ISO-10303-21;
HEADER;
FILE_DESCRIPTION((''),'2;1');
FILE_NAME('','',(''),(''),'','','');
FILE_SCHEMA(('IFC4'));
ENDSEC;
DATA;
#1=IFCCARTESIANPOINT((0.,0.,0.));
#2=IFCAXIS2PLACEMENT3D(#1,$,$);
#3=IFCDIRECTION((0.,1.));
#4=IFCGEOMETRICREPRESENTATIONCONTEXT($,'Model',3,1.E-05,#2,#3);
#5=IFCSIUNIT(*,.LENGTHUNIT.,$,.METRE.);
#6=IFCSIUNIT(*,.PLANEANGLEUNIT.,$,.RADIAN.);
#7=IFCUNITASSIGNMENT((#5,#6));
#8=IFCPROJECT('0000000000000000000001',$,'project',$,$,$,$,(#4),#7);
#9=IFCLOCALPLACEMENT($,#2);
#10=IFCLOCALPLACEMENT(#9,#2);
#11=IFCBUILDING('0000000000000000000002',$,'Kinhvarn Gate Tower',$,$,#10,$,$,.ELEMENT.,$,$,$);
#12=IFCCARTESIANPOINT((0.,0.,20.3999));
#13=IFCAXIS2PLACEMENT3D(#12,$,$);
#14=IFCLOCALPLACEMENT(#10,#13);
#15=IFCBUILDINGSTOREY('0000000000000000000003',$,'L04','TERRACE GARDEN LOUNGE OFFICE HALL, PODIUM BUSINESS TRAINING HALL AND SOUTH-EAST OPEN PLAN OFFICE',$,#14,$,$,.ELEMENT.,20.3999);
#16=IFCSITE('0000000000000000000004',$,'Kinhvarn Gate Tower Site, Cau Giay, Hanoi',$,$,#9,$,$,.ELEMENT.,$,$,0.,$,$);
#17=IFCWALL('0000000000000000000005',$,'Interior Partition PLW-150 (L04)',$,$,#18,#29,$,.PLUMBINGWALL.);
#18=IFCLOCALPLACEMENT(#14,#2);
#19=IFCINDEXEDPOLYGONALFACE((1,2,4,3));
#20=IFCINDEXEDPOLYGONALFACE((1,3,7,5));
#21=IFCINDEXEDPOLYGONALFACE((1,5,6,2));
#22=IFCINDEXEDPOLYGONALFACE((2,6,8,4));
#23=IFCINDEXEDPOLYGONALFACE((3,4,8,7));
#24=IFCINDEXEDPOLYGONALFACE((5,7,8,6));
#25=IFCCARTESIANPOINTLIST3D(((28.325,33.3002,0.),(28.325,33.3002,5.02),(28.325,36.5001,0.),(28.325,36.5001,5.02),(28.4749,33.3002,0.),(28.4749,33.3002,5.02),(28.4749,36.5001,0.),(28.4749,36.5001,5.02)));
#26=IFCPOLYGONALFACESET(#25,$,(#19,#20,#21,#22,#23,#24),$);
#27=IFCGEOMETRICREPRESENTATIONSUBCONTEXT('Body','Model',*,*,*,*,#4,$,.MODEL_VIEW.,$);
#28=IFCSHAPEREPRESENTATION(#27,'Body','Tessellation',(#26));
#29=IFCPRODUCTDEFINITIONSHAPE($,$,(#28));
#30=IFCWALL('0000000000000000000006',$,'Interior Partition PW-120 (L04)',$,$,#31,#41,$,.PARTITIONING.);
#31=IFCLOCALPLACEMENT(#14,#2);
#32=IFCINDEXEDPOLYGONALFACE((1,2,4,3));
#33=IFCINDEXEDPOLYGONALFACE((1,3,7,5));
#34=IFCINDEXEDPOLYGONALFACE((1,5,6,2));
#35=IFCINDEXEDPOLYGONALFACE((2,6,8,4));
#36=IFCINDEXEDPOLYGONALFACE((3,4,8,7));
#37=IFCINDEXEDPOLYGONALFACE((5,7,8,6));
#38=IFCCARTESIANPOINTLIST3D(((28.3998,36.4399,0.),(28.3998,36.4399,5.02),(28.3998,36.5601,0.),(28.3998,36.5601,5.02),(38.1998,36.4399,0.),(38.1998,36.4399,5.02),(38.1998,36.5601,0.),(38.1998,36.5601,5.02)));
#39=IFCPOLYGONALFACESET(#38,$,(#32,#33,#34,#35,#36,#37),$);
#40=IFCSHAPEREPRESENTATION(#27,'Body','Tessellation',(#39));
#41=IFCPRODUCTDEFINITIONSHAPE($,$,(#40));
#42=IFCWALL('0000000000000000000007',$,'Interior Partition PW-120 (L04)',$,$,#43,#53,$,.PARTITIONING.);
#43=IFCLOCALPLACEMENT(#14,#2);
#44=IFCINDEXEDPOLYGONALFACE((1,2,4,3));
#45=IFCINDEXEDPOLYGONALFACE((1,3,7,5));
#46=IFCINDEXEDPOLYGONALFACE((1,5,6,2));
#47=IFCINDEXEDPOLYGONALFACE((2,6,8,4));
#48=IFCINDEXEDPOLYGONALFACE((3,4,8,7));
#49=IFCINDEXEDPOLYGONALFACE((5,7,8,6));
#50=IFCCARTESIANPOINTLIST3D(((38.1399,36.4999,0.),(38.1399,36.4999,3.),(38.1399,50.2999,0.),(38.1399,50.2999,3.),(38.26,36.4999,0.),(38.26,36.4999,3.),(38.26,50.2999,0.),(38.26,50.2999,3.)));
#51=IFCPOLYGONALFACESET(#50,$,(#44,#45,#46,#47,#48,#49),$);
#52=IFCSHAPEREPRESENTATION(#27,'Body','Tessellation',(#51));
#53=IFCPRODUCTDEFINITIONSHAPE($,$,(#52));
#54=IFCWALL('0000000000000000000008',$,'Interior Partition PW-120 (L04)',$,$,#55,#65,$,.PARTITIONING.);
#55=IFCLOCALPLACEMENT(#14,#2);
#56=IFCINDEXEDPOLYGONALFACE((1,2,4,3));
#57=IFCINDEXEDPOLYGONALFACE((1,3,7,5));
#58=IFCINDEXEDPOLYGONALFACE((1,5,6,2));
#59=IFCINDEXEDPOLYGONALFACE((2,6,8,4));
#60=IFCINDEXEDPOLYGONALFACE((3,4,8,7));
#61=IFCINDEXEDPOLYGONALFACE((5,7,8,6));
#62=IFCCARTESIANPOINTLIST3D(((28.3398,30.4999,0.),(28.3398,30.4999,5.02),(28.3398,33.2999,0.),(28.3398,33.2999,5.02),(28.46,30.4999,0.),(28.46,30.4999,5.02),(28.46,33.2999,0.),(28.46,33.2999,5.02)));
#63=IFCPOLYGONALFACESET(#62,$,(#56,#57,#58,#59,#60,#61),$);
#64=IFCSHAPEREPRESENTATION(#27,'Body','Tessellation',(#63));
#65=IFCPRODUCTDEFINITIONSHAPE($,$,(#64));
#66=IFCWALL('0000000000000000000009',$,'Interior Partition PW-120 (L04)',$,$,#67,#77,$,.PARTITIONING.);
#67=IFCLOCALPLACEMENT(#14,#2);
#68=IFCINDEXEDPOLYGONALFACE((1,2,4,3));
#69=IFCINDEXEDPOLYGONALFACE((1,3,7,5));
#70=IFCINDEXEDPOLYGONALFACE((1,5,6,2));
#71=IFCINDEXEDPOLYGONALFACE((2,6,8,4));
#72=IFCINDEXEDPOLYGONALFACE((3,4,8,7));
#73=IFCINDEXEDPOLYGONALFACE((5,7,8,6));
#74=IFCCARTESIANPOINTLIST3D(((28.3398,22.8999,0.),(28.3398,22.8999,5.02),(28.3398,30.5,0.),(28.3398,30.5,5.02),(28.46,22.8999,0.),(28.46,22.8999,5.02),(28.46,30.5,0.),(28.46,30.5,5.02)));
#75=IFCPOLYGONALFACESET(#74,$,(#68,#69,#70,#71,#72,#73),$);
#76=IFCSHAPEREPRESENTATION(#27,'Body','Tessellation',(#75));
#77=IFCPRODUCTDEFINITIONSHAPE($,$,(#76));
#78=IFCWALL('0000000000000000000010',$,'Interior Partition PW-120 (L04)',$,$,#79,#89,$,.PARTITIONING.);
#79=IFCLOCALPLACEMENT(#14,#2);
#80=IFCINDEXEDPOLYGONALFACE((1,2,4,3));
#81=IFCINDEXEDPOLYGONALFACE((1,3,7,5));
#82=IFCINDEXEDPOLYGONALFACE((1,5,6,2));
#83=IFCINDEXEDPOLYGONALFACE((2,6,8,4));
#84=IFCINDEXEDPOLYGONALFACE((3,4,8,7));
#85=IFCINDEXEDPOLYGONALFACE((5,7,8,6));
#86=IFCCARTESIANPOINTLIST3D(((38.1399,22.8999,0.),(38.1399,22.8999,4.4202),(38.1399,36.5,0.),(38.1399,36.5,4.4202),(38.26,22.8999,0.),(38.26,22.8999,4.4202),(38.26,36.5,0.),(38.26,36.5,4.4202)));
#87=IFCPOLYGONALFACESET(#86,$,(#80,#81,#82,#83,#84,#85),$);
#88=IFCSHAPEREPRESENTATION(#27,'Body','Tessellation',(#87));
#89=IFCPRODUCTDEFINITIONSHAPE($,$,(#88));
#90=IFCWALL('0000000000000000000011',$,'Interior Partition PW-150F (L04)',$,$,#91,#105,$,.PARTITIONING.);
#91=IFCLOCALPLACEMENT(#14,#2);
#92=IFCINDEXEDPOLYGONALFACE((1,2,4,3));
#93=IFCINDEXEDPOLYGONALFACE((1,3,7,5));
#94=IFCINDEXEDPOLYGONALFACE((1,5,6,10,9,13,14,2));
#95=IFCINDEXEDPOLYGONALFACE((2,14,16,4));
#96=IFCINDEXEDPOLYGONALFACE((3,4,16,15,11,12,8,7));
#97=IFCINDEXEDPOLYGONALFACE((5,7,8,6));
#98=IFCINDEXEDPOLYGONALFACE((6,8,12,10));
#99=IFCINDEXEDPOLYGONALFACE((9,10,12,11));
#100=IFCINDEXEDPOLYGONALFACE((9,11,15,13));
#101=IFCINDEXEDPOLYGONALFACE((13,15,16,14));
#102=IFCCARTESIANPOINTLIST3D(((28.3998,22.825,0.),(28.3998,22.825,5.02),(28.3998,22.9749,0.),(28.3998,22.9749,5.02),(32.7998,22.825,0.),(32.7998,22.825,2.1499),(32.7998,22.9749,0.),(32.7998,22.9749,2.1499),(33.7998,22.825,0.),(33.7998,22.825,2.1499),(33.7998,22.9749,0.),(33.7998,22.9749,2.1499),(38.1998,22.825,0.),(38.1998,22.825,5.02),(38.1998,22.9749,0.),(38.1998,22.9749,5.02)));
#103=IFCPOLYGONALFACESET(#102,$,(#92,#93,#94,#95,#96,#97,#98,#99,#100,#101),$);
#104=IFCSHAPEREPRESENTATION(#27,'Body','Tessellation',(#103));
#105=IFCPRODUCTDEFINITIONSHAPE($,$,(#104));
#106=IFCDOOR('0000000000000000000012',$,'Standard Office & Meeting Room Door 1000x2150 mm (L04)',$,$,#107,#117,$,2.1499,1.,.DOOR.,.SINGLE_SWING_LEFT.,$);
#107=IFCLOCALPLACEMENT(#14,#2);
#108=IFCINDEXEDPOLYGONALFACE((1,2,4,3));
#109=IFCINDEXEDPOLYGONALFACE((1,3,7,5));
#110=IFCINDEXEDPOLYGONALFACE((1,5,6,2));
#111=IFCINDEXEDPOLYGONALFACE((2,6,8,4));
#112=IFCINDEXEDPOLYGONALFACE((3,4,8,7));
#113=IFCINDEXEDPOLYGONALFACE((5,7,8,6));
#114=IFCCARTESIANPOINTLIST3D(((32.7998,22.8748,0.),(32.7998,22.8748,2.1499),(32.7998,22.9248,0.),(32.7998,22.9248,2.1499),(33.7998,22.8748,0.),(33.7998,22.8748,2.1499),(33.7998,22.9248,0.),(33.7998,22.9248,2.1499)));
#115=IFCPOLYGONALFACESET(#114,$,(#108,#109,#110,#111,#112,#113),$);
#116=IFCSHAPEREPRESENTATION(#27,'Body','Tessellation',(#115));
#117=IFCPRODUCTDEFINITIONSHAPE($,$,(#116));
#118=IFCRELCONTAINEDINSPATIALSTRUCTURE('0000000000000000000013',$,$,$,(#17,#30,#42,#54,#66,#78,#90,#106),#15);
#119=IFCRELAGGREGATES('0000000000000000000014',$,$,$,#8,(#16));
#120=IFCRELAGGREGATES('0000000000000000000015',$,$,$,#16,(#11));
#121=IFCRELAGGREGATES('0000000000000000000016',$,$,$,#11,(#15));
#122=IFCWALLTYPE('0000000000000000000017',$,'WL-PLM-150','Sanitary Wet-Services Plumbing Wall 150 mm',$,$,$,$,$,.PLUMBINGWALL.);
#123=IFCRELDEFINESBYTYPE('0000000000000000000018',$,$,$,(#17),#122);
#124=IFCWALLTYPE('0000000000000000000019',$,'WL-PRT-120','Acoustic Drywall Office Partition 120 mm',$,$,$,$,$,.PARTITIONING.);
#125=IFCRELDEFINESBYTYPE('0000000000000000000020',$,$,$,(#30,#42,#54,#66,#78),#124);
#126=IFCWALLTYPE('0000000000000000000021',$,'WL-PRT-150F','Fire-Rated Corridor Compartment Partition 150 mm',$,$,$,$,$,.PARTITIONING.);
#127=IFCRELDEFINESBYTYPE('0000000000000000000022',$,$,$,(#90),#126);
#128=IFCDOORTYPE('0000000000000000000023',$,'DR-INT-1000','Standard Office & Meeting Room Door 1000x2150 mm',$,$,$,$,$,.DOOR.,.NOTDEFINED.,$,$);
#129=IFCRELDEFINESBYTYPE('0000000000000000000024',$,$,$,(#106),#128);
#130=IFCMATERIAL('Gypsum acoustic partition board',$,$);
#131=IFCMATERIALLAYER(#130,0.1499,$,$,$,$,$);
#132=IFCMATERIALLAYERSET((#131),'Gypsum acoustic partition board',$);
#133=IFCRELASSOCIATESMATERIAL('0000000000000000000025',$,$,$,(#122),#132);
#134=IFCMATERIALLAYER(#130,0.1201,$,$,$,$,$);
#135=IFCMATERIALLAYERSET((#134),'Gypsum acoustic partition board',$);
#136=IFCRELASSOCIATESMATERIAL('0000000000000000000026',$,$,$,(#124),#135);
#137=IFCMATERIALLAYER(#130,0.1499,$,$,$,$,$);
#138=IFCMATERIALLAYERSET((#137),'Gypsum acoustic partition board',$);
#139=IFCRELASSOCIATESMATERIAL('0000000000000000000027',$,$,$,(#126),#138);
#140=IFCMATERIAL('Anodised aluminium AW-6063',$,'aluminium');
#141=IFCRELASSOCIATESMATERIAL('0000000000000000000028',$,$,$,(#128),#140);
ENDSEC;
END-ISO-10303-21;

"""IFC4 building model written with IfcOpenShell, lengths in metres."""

from ifc_helpers import new_model, si_unit, direction, frame, frame_2d, origin, place, context, subcontext, project, spatial, rectangle, extrude, material, layer, layer_set, type_object, element, fill, save


model = new_model("IFC4")

# Units and contexts
model_context = context("Model", 3, precision=1e-05, world=origin(), true_north=direction((0.0, 1.0)))
body_context = subcontext(model_context, "Body", "Model", "MODEL_VIEW")
ifc_project = project(units=[si_unit("LENGTHUNIT", "METRE"), si_unit("PLANEANGLEUNIT", "RADIAN")], contexts=[model_context])

# Site, building, storey
site_placement = place(None, origin())
site = spatial("IfcSite", under=ifc_project, at=site_placement, Name="Kinhvarn Gate Tower Site, Cau Giay, Hanoi", CompositionType="ELEMENT", RefElevation=0.0)
building_placement = place(site_placement, origin())
building = spatial("IfcBuilding", under=site, at=building_placement, Name="Kinhvarn Gate Tower", CompositionType="ELEMENT")
storey_placement = place(building_placement, frame((0.0, 0.0, 20.3999)))
storey = spatial("IfcBuildingStorey", under=building, at=storey_placement, Name="L04", Description="TERRACE GARDEN LOUNGE OFFICE HALL, PODIUM BUSINESS TRAINING HALL AND SOUTH-EAST OPEN PLAN OFFICE", CompositionType="ELEMENT", Elevation=20.3999)

# Walls
ifc_material_1 = material(Name="Gypsum acoustic partition board")
ifc_layer_1 = layer(ifc_material_1, 0.1499)
ifc_layer_set_1 = layer_set([ifc_layer_1], Name="Gypsum acoustic partition board")
wall_type_1 = type_object("IfcWallType", Name="WL-PLM-150", Description="Sanitary Wet-Services Plumbing Wall 150 mm", PredefinedType="PLUMBINGWALL", material=ifc_layer_set_1)
wall_1_placement = place(storey_placement, frame((28.3999, 33.3, 0.0), z_axis=(0.0, 0.0, 1.0), x_axis=(0.0, 1.0, 0.0)))
element("IfcWall", 1, at=wall_1_placement, inside=storey, type_object=wall_type_1, Name="Interior Partition PLW-150 (L04)", PredefinedType="PLUMBINGWALL", context=body_context, shape_type="SweptSolid", body=[
    extrude(rectangle(XDim=3.2, YDim=0.1499, at=frame_2d((1.6001, 0.0))), origin(), (0.0, 0.0, 1.0), 5.02),
])
ifc_layer_2 = layer(ifc_material_1, 0.1201)
ifc_layer_set_2 = layer_set([ifc_layer_2], Name="Gypsum acoustic partition board")
wall_type_2 = type_object("IfcWallType", Name="WL-PRT-120", Description="Acoustic Drywall Office Partition 120 mm", PredefinedType="PARTITIONING", material=ifc_layer_set_2)
wall_2_placement = place(storey_placement, frame((28.3999, 36.5, 0.0), z_axis=(0.0, 0.0, 1.0), x_axis=(1.0, 0.0, 0.0)))
element("IfcWall", 2, at=wall_2_placement, inside=storey, type_object=wall_type_2, Name="Interior Partition PW-120 (L04)", PredefinedType="PARTITIONING", context=body_context, shape_type="SweptSolid", body=[
    extrude(rectangle(XDim=9.8, YDim=0.1201, at=frame_2d((4.8999, 0.0))), origin(), (0.0, 0.0, 1.0), 5.02),
])
wall_3_placement = place(storey_placement, frame((38.2, 36.5, 0.0), z_axis=(0.0, 0.0, 1.0), x_axis=(0.0, 1.0, 0.0)))
element("IfcWall", 3, at=wall_3_placement, inside=storey, type_object=wall_type_2, Name="Interior Partition PW-120 (L04)", PredefinedType="PARTITIONING", context=body_context, shape_type="SweptSolid", body=[
    extrude(rectangle(XDim=13.8, YDim=0.1201, at=frame_2d((6.8999, 0.0))), origin(), (0.0, 0.0, 1.0), 3.0),
])
wall_4_placement = place(storey_placement, frame((28.3999, 30.5, 0.0), z_axis=(0.0, 0.0, 1.0), x_axis=(0.0, 1.0, 0.0)))
element("IfcWall", 4, at=wall_4_placement, inside=storey, type_object=wall_type_2, Name="Interior Partition PW-120 (L04)", PredefinedType="PARTITIONING", context=body_context, shape_type="SweptSolid", body=[
    extrude(rectangle(XDim=2.8, YDim=0.1201, at=frame_2d((1.3999, 0.0))), origin(), (0.0, 0.0, 1.0), 5.02),
])
wall_5_placement = place(storey_placement, frame((28.3999, 22.8999, 0.0), z_axis=(0.0, 0.0, 1.0), x_axis=(0.0, 1.0, 0.0)))
element("IfcWall", 5, at=wall_5_placement, inside=storey, type_object=wall_type_2, Name="Interior Partition PW-120 (L04)", PredefinedType="PARTITIONING", context=body_context, shape_type="SweptSolid", body=[
    extrude(rectangle(XDim=7.6001, YDim=0.1201, at=frame_2d((3.8, 0.0))), origin(), (0.0, 0.0, 1.0), 5.02),
])
wall_6_placement = place(storey_placement, frame((38.2, 22.8999, 0.0), z_axis=(0.0, 0.0, 1.0), x_axis=(0.0, 1.0, 0.0)))
element("IfcWall", 6, at=wall_6_placement, inside=storey, type_object=wall_type_2, Name="Interior Partition PW-120 (L04)", PredefinedType="PARTITIONING", context=body_context, shape_type="SweptSolid", body=[
    extrude(rectangle(XDim=13.6001, YDim=0.1201, at=frame_2d((6.8, 0.0))), origin(), (0.0, 0.0, 1.0), 4.4202),
])

# Wall, opening, door
ifc_layer_3 = layer(ifc_material_1, 0.1499)
ifc_layer_set_3 = layer_set([ifc_layer_3], Name="Gypsum acoustic partition board")
wall_type_3 = type_object("IfcWallType", Name="WL-PRT-150F", Description="Fire-Rated Corridor Compartment Partition 150 mm", PredefinedType="PARTITIONING", material=ifc_layer_set_3)
wall_7_placement = place(storey_placement, frame((28.3999, 22.8999, 0.0), z_axis=(0.0, 0.0, 1.0), x_axis=(1.0, 0.0, 0.0)))
wall_7 = element("IfcWall", 7, at=wall_7_placement, inside=storey, type_object=wall_type_3, Name="Interior Partition PW-150F (L04)", PredefinedType="PARTITIONING", context=body_context, shape_type="SweptSolid", body=[
    extrude(rectangle(XDim=9.8, YDim=0.1499, at=frame_2d((4.8999, 0.0))), origin(), (0.0, 0.0, 1.0), 5.02),
])
opening_placement = place(wall_7_placement, frame((4.3999, 0.0, 0.0)))
opening = element("IfcOpeningElement", 8, at=opening_placement, cuts=wall_7, PredefinedType="OPENING", context=body_context, shape_type="SweptSolid", body=[
    extrude(rectangle(XDim=1.0, YDim=2.1499, at=frame_2d((0.5, 1.075))), frame((0.0, 0.085, 0.0), z_axis=(0.0, -1.0, 0.0), x_axis=(1.0, 0.0, 0.0)), (0.0, 0.0, 1.0), 0.1699),
])
ifc_material_2 = material(Name="Anodised aluminium AW-6063", Category="aluminium")
door_type = type_object("IfcDoorType", Name="DR-INT-1000", Description="Standard Office & Meeting Room Door 1000x2150 mm", OperationType="NOTDEFINED", PredefinedType="DOOR", material=ifc_material_2)
door_placement = place(opening_placement, origin())
door = element("IfcDoor", 9, at=door_placement, inside=storey, type_object=door_type, Name="Standard Office & Meeting Room Door 1000x2150 mm (L04)", OperationType="SINGLE_SWING_LEFT", OverallHeight=2.1499, OverallWidth=1.0, PredefinedType="DOOR", context=body_context, shape_type="SweptSolid", body=[
    extrude(rectangle(XDim=1.0, YDim=2.1499, at=frame_2d((0.5, 1.075))), frame((0.0, 0.0249, 0.0), z_axis=(0.0, -1.0, 0.0), x_axis=(1.0, 0.0, 0.0)), (0.0, 0.0, 1.0), 0.05),
])
fill(opening, door)

save(model, "model.ifc")
